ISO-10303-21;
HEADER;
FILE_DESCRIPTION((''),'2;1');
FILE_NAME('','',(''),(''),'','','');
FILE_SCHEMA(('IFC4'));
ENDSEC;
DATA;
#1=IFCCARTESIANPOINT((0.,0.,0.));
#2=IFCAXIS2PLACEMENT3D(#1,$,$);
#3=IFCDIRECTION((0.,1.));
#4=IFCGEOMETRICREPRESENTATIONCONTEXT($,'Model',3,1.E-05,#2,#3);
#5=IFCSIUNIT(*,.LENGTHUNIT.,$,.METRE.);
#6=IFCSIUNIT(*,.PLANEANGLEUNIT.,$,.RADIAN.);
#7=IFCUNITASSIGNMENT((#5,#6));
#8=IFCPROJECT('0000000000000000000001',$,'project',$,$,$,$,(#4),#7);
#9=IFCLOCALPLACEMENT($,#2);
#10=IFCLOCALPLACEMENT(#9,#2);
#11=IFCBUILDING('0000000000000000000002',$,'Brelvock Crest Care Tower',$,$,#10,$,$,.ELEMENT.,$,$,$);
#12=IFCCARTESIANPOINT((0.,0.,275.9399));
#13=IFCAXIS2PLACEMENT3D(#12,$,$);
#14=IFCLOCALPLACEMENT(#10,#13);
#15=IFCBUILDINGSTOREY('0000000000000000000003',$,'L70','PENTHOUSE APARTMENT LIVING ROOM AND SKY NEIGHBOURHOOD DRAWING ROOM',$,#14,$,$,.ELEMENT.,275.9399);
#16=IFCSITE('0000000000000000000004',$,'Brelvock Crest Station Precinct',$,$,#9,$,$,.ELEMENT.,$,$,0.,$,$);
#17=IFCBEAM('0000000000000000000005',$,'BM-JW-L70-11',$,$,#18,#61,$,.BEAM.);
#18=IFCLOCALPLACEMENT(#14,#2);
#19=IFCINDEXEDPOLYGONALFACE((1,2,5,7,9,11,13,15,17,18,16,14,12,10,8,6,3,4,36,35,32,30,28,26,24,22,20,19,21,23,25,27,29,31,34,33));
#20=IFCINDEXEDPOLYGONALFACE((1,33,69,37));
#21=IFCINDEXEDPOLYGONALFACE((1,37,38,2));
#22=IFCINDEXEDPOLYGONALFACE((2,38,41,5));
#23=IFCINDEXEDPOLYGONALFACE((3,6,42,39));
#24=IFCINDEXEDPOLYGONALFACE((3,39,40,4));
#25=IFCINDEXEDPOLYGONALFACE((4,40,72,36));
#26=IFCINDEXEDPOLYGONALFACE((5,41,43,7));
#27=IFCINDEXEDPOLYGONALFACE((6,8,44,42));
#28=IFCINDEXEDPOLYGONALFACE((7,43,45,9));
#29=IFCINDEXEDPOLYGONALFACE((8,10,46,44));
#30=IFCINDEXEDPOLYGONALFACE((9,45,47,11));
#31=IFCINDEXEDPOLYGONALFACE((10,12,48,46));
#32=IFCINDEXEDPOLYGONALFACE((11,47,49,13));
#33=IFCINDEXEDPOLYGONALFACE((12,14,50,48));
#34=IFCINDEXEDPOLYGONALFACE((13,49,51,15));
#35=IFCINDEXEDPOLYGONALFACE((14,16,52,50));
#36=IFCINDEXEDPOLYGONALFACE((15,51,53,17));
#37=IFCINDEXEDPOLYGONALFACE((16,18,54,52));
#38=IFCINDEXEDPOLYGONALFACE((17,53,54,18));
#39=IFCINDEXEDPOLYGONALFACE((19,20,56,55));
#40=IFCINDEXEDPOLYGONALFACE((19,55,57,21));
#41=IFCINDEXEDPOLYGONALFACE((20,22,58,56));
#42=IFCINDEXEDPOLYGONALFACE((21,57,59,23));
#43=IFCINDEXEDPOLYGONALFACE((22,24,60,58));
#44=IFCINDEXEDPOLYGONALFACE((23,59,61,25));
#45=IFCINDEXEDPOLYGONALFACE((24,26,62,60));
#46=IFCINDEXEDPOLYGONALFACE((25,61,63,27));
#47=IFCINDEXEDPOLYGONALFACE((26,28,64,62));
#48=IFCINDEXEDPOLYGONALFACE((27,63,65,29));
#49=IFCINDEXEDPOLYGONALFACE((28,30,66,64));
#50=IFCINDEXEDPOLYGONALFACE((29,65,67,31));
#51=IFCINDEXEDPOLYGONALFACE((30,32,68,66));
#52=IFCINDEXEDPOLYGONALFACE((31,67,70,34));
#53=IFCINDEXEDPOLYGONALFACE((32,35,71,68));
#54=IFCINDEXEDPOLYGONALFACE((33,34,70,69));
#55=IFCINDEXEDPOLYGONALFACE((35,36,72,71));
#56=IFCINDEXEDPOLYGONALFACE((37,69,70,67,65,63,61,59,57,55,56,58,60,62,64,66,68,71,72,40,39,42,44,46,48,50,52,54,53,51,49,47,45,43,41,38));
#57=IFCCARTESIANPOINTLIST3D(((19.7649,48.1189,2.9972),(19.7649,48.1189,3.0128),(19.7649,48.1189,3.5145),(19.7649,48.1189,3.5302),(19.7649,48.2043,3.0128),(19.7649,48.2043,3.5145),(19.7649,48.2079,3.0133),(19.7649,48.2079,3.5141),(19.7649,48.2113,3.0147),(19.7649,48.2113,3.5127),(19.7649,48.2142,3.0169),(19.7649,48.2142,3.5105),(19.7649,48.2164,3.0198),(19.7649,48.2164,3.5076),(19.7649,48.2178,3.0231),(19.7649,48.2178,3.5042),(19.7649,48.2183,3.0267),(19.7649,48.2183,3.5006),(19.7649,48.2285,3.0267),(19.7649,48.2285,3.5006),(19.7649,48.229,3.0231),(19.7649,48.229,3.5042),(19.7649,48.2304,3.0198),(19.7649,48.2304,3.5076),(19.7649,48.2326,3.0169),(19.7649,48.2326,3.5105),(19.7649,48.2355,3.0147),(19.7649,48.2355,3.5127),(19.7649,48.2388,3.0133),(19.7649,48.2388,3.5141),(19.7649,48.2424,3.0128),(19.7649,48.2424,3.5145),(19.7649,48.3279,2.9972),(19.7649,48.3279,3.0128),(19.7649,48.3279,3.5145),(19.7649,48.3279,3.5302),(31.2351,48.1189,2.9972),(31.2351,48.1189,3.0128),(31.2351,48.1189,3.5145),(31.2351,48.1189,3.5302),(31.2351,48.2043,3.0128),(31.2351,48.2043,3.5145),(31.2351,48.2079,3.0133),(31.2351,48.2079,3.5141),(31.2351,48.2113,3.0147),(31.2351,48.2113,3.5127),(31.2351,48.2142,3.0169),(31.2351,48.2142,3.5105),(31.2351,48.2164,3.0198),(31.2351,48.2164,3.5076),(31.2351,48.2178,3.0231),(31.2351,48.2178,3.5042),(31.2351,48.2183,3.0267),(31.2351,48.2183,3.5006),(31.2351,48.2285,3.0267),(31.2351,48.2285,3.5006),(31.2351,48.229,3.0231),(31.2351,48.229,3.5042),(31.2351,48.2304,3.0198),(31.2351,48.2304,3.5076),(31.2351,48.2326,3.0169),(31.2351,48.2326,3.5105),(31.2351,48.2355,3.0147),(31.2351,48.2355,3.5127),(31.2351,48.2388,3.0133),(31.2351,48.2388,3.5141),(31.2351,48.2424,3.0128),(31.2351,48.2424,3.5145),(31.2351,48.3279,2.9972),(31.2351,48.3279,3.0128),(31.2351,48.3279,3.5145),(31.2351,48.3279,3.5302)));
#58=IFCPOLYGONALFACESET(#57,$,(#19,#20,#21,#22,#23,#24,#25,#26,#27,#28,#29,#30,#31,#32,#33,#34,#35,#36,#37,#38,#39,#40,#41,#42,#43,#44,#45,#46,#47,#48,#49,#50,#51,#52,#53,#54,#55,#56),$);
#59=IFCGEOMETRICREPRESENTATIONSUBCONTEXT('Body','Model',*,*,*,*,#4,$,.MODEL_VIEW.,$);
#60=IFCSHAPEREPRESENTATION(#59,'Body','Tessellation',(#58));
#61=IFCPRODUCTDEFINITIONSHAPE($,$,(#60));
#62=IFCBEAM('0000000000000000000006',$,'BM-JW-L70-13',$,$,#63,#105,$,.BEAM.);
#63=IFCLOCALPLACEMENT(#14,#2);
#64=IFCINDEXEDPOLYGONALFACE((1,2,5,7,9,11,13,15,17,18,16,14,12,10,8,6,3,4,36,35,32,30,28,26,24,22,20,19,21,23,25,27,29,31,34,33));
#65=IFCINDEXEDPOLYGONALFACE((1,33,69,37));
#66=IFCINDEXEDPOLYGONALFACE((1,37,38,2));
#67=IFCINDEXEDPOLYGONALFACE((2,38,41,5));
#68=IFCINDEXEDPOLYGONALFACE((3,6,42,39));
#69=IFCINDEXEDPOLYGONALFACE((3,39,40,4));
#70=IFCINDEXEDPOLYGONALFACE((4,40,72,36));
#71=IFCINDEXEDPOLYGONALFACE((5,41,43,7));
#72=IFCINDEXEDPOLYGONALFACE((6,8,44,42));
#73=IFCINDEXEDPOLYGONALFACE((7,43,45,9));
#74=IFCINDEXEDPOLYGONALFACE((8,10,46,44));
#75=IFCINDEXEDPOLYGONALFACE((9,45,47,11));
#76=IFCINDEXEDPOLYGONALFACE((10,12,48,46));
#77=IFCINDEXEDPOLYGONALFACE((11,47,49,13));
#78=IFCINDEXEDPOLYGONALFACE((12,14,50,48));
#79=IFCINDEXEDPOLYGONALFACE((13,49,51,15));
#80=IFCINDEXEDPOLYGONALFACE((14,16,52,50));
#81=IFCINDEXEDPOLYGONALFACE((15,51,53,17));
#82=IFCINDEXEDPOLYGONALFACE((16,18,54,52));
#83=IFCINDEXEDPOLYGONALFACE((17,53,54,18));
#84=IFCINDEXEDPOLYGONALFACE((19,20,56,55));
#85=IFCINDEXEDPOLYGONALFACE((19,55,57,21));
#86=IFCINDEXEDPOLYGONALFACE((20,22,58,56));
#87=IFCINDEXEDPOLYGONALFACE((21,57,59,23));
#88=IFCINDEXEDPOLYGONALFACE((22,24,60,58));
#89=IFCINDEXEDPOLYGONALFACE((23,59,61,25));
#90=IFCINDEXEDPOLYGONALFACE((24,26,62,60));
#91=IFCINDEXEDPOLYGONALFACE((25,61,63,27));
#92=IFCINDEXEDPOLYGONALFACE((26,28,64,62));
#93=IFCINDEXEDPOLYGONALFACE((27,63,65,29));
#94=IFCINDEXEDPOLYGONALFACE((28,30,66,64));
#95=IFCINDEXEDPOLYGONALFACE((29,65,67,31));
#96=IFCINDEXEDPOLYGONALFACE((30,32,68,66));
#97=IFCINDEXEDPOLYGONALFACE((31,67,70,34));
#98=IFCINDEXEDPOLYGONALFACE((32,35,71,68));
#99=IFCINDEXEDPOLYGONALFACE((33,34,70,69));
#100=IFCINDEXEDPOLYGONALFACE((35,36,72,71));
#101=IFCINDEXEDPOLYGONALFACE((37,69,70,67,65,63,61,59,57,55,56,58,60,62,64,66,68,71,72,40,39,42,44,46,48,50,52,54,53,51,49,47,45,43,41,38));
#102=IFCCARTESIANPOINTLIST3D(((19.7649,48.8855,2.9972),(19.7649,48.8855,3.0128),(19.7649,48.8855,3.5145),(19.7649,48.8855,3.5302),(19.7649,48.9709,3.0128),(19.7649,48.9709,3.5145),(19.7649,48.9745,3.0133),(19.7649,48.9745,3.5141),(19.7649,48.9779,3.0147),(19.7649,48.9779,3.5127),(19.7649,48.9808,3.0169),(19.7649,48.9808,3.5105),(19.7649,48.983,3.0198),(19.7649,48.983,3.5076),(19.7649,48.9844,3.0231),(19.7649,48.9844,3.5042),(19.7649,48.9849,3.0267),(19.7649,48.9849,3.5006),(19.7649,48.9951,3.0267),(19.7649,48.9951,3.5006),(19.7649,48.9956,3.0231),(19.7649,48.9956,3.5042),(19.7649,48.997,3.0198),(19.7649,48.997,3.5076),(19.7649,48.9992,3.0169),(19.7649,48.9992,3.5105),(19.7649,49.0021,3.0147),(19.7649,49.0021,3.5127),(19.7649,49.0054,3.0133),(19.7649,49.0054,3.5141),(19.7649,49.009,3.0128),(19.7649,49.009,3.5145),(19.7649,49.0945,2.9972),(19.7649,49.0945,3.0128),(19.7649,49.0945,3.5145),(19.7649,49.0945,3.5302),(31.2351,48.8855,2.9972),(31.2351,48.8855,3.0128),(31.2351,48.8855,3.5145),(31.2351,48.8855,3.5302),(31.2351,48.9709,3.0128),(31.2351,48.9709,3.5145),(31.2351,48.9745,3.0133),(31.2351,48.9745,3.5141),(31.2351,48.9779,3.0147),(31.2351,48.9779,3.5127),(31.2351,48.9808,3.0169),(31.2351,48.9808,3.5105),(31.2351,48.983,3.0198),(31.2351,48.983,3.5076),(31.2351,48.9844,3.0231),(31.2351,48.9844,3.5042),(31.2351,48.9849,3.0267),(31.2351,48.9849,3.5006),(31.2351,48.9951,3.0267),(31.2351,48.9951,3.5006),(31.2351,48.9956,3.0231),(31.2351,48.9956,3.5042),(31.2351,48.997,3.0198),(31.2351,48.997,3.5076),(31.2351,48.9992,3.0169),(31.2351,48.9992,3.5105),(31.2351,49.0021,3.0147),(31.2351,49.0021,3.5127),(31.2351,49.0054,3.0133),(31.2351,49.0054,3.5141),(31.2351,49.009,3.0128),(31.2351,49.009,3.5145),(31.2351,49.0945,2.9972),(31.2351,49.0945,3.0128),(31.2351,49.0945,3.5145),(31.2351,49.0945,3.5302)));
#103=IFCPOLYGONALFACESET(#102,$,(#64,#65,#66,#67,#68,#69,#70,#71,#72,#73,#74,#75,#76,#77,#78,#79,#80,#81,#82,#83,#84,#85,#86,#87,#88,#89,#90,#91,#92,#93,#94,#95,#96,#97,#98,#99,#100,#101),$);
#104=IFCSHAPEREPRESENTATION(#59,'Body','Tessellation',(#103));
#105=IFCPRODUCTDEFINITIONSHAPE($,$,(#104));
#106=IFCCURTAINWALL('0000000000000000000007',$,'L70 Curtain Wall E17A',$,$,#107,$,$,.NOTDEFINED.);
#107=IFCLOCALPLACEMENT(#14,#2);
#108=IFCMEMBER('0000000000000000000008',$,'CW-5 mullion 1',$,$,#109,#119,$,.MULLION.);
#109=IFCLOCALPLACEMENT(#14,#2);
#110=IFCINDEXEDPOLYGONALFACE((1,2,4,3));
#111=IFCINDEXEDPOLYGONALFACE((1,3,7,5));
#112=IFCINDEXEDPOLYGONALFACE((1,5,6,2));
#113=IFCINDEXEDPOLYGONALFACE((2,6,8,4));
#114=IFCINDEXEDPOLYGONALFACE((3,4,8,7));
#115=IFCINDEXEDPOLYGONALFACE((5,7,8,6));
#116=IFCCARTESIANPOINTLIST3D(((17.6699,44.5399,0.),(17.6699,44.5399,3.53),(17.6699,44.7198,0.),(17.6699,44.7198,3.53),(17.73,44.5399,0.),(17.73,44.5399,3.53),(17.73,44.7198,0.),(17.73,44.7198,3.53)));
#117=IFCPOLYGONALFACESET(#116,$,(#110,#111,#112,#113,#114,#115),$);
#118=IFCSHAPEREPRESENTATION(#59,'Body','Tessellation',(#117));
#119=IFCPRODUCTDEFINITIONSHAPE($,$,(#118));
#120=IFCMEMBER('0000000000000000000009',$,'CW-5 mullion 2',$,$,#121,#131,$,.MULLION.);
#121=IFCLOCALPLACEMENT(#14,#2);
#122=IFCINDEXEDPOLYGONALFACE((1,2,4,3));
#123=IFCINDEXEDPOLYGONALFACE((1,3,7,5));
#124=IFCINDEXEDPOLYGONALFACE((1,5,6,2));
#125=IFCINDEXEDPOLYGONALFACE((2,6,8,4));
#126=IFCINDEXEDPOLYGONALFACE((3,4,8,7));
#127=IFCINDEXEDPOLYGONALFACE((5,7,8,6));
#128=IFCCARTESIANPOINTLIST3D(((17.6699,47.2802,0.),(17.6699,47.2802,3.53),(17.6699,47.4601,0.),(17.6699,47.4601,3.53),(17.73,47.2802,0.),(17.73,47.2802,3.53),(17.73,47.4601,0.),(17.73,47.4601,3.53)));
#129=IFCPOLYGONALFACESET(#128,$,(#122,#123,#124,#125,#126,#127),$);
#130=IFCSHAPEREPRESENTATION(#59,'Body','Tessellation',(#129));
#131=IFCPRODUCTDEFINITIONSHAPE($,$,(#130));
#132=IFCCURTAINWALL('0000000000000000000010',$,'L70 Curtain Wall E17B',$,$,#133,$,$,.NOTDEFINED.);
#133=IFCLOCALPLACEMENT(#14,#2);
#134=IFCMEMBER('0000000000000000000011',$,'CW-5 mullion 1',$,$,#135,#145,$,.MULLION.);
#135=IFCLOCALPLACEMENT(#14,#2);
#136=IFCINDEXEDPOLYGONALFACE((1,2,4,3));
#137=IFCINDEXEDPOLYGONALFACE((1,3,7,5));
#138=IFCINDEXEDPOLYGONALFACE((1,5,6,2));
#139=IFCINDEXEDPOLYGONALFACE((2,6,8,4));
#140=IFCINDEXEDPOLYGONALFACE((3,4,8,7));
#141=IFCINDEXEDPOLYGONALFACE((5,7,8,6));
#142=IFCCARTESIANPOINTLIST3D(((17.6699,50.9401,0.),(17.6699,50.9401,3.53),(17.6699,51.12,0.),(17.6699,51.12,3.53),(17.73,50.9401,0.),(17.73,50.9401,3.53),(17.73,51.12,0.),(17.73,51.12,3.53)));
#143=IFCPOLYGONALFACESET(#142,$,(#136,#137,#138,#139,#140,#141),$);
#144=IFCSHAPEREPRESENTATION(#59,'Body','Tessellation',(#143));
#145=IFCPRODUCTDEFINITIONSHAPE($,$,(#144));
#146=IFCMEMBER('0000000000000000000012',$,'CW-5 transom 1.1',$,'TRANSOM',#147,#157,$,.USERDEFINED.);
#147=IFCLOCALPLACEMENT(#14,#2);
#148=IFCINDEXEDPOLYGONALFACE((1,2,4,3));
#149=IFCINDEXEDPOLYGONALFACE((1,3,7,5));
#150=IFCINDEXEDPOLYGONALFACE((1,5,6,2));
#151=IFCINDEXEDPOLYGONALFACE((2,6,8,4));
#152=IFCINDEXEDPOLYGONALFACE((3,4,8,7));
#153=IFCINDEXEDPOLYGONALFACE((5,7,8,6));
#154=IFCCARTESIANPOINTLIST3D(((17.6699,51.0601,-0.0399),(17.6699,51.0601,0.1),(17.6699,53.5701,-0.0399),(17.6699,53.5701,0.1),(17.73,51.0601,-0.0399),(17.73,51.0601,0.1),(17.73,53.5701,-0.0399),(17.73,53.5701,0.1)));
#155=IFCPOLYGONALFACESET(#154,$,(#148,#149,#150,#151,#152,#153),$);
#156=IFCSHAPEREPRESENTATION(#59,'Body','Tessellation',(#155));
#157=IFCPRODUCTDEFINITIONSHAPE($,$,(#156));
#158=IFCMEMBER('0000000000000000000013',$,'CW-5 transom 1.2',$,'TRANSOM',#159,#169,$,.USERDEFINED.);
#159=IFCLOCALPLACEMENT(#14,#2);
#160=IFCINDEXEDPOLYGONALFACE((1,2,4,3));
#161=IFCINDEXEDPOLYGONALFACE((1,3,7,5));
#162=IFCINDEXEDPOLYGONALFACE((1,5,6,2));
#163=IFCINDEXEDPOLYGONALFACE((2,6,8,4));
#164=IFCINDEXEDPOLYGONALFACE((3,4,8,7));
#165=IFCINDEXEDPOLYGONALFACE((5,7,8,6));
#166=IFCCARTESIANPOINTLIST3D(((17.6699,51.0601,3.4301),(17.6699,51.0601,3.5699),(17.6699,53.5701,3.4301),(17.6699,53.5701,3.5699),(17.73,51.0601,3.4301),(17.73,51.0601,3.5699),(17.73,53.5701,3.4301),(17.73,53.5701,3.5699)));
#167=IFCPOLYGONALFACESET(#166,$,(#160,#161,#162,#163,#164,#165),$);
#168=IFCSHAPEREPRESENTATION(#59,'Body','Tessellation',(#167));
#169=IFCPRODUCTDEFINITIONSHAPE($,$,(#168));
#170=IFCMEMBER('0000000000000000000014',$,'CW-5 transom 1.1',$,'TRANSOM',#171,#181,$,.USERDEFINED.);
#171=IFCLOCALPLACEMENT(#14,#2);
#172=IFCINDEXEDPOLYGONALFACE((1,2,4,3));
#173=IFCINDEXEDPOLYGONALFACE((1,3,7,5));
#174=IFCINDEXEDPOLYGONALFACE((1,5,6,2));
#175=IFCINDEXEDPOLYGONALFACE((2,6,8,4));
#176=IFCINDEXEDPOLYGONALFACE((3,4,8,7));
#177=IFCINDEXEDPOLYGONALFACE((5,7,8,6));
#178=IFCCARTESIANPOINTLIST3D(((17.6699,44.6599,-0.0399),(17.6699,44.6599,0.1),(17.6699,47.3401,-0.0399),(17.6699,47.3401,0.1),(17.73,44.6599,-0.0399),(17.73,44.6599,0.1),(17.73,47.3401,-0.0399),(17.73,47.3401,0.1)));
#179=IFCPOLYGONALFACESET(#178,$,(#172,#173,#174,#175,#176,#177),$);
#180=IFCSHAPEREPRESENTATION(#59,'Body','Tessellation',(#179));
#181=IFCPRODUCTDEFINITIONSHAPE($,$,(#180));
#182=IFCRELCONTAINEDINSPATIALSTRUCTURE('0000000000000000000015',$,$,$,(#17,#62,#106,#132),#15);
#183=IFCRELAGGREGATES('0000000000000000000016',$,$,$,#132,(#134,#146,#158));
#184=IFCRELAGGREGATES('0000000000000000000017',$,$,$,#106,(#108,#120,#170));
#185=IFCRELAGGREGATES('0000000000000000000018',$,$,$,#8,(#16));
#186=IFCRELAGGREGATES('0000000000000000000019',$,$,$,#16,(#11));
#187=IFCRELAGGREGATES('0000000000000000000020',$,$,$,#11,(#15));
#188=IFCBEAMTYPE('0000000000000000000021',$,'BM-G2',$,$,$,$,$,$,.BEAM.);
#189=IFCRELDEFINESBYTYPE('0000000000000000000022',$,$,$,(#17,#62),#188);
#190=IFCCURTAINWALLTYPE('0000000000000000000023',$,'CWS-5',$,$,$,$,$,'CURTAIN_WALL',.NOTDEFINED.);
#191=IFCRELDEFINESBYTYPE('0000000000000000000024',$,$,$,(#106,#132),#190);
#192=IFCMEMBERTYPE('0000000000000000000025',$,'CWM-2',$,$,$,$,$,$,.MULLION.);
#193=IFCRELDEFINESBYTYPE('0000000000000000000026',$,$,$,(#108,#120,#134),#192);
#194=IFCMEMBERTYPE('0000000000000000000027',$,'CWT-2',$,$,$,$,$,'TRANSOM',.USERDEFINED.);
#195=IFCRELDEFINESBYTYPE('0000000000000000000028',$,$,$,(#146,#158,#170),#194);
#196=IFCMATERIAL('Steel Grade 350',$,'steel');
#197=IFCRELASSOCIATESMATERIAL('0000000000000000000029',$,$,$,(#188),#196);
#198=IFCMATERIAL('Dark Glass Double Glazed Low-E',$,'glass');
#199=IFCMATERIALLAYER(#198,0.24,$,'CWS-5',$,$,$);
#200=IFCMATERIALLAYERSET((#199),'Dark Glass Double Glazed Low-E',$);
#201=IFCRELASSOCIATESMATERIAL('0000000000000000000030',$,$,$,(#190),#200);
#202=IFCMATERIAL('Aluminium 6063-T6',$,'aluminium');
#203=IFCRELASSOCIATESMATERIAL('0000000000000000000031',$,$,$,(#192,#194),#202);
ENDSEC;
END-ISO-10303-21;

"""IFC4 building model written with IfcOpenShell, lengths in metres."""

from ifc_helpers import new_model, si_unit, direction, frame, origin, origin_2d, place, context, subcontext, project, spatial, rectangle, i_section, extrude, source, transform, mapped, material, layer, layer_set, material_profile, profile_set, type_object, element, aggregate, save


model = new_model("IFC4")

# Units and contexts
model_context = context("Model", 3, precision=1e-05, world=origin(), true_north=direction((0.0, 1.0)))
body_context = subcontext(model_context, "Body", "Model", "MODEL_VIEW")
ifc_project = project(units=[si_unit("LENGTHUNIT", "METRE"), si_unit("PLANEANGLEUNIT", "RADIAN")], contexts=[model_context])

# Site, building, storey
site_placement = place(None, origin())
site = spatial("IfcSite", under=ifc_project, at=site_placement, Name="Brelvock Crest Station Precinct", CompositionType="ELEMENT", RefElevation=0.0)
building_placement = place(site_placement, origin())
building = spatial("IfcBuilding", under=site, at=building_placement, Name="Brelvock Crest Care Tower", CompositionType="ELEMENT")
storey_placement = place(building_placement, frame((0.0, 0.0, 275.9399)))
storey = spatial("IfcBuildingStorey", under=building, at=storey_placement, Name="L70", Description="PENTHOUSE APARTMENT LIVING ROOM AND SKY NEIGHBOURHOOD DRAWING ROOM", CompositionType="ELEMENT", Elevation=275.9399)

# Beams
ifc_material_1 = material(Name="Steel Grade 350", Category="steel")
ifc_material_profile_1 = material_profile(ifc_material_1, i_section(OverallWidth=0.209, OverallDepth=0.533, WebThickness=0.0103, FlangeThickness=0.0156, FilletRadius=0.0139, at=origin_2d()), Name="530UB92.4")
ifc_profile_set_1 = profile_set([ifc_material_profile_1], Name="Steel Grade 350")
beam_type_1 = type_object("IfcBeamType", Name="BM-G2", PredefinedType="BEAM", material=ifc_profile_set_1)
shared_shape_1 = source(origin(), body_context, "Body", "SweptSolid", [
    extrude(i_section(OverallWidth=0.209, OverallDepth=0.533, WebThickness=0.0103, FlangeThickness=0.0156, FilletRadius=0.0139, at=origin_2d()), origin(), (0.0, 0.0, 1.0), 11.4702),
])
for number, where, z_axis, x_axis, name in (
    (1, (19.7649, 48.2234, 3.2637), (1.0, 0.0, 0.0), (0.0, 1.0, 0.0), "BM-JW-L70-11"),
    (2, (19.7649, 48.99, 3.2637), (1.0, 0.0, 0.0), (0.0, 1.0, 0.0), "BM-JW-L70-13"),
):
    element("IfcBeam", number, at=place(storey_placement, frame(where, z_axis=z_axis, x_axis=x_axis)), inside=storey, type_object=beam_type_1, Name=name, PredefinedType="BEAM", context=body_context, shape_type="MappedRepresentation", body=[
        mapped(shared_shape_1, transform((0.0, 0.0, 0.0), x_axis=(1.0, 0.0, 0.0), y_axis=(0.0, 1.0, 0.0), z_axis=(0.0, 0.0, 1.0), scale=1.0)),
    ])

# Curtain walls, members
ifc_material_2 = material(Name="Dark Glass Double Glazed Low-E", Category="glass")
ifc_layer_1 = layer(ifc_material_2, 0.24, Name="CWS-5")
ifc_layer_set_1 = layer_set([ifc_layer_1], Name="Dark Glass Double Glazed Low-E")
curtain_wall_type = type_object("IfcCurtainWallType", Name="CWS-5", ElementType="CURTAIN_WALL", PredefinedType="NOTDEFINED", material=ifc_layer_set_1)
curtain_wall_1_placement = place(storey_placement, origin())
curtain_wall_1 = element("IfcCurtainWall", 3, at=curtain_wall_1_placement, inside=storey, type_object=curtain_wall_type, Name="L70 Curtain Wall E17A", PredefinedType="NOTDEFINED")
ifc_material_3 = material(Name="Aluminium 6063-T6", Category="aluminium")
ifc_material_profile_2 = material_profile(ifc_material_3, rectangle(XDim=0.0601, YDim=0.1799, at=origin_2d()), Name="ALU60x180")
ifc_profile_set_2 = profile_set([ifc_material_profile_2], Name="Aluminium 6063-T6")
member_type_1 = type_object("IfcMemberType", Name="CWM-2", PredefinedType="MULLION", material=ifc_profile_set_2)
shared_shape_2 = source(origin(), body_context, "Body", "SweptSolid", [
    extrude(rectangle(XDim=0.0601, YDim=0.1799, at=origin_2d()), origin(), (0.0, 0.0, 1.0), 3.53),
])
member_1_placement = place(storey_placement, frame((17.7, 44.6299, 0.0), z_axis=(0.0, 0.0, 1.0), x_axis=(-1.0, 0.0, 0.0)))
member_1 = element("IfcMember", 4, at=member_1_placement, type_object=member_type_1, Name="CW-5 mullion 1", PredefinedType="MULLION", context=body_context, shape_type="MappedRepresentation", body=[
    mapped(shared_shape_2, transform((0.0, 0.0, 0.0), x_axis=(1.0, 0.0, 0.0), y_axis=(0.0, 1.0, 0.0), z_axis=(0.0, 0.0, 1.0), scale=1.0)),
])
member_2_placement = place(storey_placement, frame((17.7, 47.3701, 0.0), z_axis=(0.0, 0.0, 1.0), x_axis=(-1.0, 0.0, 0.0)))
member_2 = element("IfcMember", 5, at=member_2_placement, type_object=member_type_1, Name="CW-5 mullion 2", PredefinedType="MULLION", context=body_context, shape_type="MappedRepresentation", body=[
    mapped(shared_shape_2, transform((0.0, 0.0, 0.0), x_axis=(1.0, 0.0, 0.0), y_axis=(0.0, 1.0, 0.0), z_axis=(0.0, 0.0, 1.0), scale=1.0)),
])
curtain_wall_2_placement = place(storey_placement, origin())
curtain_wall_2 = element("IfcCurtainWall", 6, at=curtain_wall_2_placement, inside=storey, type_object=curtain_wall_type, Name="L70 Curtain Wall E17B", PredefinedType="NOTDEFINED")
member_3_placement = place(storey_placement, frame((17.7, 51.03, 0.0), z_axis=(0.0, 0.0, 1.0), x_axis=(-1.0, 0.0, 0.0)))
member_3 = element("IfcMember", 7, at=member_3_placement, type_object=member_type_1, Name="CW-5 mullion 1", PredefinedType="MULLION", context=body_context, shape_type="MappedRepresentation", body=[
    mapped(shared_shape_2, transform((0.0, 0.0, 0.0), x_axis=(1.0, 0.0, 0.0), y_axis=(0.0, 1.0, 0.0), z_axis=(0.0, 0.0, 1.0), scale=1.0)),
])
ifc_material_profile_3 = material_profile(ifc_material_3, rectangle(XDim=0.0601, YDim=0.1399, at=origin_2d()), Name="ALU60x140")
ifc_profile_set_3 = profile_set([ifc_material_profile_3], Name="Aluminium 6063-T6")
member_type_2 = type_object("IfcMemberType", Name="CWT-2", ElementType="TRANSOM", PredefinedType="USERDEFINED", material=ifc_profile_set_3)
shared_shape_3 = source(origin(), body_context, "Body", "SweptSolid", [
    extrude(rectangle(XDim=0.0601, YDim=0.1399, at=origin_2d()), origin(), (0.0, 0.0, 1.0), 2.51),
])
member_4_placement = place(storey_placement, frame((17.7, 51.0601, 0.03), z_axis=(0.0, 1.0, 0.0), x_axis=(-1.0, 0.0, 0.0)))
member_4 = element("IfcMember", 8, at=member_4_placement, type_object=member_type_2, Name="CW-5 transom 1.1", ObjectType="TRANSOM", PredefinedType="USERDEFINED", context=body_context, shape_type="MappedRepresentation", body=[
    mapped(shared_shape_3, transform((0.0, 0.0, 0.0), x_axis=(1.0, 0.0, 0.0), y_axis=(0.0, 1.0, 0.0), z_axis=(0.0, 0.0, 1.0), scale=1.0)),
])
member_5_placement = place(storey_placement, frame((17.7, 51.0601, 3.5), z_axis=(0.0, 1.0, 0.0), x_axis=(-1.0, 0.0, 0.0)))
member_5 = element("IfcMember", 9, at=member_5_placement, type_object=member_type_2, Name="CW-5 transom 1.2", ObjectType="TRANSOM", PredefinedType="USERDEFINED", context=body_context, shape_type="MappedRepresentation", body=[
    mapped(shared_shape_3, transform((0.0, 0.0, 0.0), x_axis=(1.0, 0.0, 0.0), y_axis=(0.0, 1.0, 0.0), z_axis=(0.0, 0.0, 1.0), scale=1.0)),
])

# Member
shared_shape_4 = source(origin(), body_context, "Body", "SweptSolid", [
    extrude(rectangle(XDim=0.0601, YDim=0.1399, at=origin_2d()), origin(), (0.0, 0.0, 1.0), 2.6802),
])
member_6_placement = place(storey_placement, frame((17.7, 44.6599, 0.03), z_axis=(0.0, 1.0, 0.0), x_axis=(-1.0, 0.0, 0.0)))
member_6 = element("IfcMember", 10, at=member_6_placement, type_object=member_type_2, Name="CW-5 transom 1.1", ObjectType="TRANSOM", PredefinedType="USERDEFINED", context=body_context, shape_type="MappedRepresentation", body=[
    mapped(shared_shape_4, transform((0.0, 0.0, 0.0), x_axis=(1.0, 0.0, 0.0), y_axis=(0.0, 1.0, 0.0), z_axis=(0.0, 0.0, 1.0), scale=1.0)),
])

aggregate(curtain_wall_2, [member_3, member_4, member_5])
aggregate(curtain_wall_1, [member_1, member_2, member_6])

save(model, "model.ifc")
